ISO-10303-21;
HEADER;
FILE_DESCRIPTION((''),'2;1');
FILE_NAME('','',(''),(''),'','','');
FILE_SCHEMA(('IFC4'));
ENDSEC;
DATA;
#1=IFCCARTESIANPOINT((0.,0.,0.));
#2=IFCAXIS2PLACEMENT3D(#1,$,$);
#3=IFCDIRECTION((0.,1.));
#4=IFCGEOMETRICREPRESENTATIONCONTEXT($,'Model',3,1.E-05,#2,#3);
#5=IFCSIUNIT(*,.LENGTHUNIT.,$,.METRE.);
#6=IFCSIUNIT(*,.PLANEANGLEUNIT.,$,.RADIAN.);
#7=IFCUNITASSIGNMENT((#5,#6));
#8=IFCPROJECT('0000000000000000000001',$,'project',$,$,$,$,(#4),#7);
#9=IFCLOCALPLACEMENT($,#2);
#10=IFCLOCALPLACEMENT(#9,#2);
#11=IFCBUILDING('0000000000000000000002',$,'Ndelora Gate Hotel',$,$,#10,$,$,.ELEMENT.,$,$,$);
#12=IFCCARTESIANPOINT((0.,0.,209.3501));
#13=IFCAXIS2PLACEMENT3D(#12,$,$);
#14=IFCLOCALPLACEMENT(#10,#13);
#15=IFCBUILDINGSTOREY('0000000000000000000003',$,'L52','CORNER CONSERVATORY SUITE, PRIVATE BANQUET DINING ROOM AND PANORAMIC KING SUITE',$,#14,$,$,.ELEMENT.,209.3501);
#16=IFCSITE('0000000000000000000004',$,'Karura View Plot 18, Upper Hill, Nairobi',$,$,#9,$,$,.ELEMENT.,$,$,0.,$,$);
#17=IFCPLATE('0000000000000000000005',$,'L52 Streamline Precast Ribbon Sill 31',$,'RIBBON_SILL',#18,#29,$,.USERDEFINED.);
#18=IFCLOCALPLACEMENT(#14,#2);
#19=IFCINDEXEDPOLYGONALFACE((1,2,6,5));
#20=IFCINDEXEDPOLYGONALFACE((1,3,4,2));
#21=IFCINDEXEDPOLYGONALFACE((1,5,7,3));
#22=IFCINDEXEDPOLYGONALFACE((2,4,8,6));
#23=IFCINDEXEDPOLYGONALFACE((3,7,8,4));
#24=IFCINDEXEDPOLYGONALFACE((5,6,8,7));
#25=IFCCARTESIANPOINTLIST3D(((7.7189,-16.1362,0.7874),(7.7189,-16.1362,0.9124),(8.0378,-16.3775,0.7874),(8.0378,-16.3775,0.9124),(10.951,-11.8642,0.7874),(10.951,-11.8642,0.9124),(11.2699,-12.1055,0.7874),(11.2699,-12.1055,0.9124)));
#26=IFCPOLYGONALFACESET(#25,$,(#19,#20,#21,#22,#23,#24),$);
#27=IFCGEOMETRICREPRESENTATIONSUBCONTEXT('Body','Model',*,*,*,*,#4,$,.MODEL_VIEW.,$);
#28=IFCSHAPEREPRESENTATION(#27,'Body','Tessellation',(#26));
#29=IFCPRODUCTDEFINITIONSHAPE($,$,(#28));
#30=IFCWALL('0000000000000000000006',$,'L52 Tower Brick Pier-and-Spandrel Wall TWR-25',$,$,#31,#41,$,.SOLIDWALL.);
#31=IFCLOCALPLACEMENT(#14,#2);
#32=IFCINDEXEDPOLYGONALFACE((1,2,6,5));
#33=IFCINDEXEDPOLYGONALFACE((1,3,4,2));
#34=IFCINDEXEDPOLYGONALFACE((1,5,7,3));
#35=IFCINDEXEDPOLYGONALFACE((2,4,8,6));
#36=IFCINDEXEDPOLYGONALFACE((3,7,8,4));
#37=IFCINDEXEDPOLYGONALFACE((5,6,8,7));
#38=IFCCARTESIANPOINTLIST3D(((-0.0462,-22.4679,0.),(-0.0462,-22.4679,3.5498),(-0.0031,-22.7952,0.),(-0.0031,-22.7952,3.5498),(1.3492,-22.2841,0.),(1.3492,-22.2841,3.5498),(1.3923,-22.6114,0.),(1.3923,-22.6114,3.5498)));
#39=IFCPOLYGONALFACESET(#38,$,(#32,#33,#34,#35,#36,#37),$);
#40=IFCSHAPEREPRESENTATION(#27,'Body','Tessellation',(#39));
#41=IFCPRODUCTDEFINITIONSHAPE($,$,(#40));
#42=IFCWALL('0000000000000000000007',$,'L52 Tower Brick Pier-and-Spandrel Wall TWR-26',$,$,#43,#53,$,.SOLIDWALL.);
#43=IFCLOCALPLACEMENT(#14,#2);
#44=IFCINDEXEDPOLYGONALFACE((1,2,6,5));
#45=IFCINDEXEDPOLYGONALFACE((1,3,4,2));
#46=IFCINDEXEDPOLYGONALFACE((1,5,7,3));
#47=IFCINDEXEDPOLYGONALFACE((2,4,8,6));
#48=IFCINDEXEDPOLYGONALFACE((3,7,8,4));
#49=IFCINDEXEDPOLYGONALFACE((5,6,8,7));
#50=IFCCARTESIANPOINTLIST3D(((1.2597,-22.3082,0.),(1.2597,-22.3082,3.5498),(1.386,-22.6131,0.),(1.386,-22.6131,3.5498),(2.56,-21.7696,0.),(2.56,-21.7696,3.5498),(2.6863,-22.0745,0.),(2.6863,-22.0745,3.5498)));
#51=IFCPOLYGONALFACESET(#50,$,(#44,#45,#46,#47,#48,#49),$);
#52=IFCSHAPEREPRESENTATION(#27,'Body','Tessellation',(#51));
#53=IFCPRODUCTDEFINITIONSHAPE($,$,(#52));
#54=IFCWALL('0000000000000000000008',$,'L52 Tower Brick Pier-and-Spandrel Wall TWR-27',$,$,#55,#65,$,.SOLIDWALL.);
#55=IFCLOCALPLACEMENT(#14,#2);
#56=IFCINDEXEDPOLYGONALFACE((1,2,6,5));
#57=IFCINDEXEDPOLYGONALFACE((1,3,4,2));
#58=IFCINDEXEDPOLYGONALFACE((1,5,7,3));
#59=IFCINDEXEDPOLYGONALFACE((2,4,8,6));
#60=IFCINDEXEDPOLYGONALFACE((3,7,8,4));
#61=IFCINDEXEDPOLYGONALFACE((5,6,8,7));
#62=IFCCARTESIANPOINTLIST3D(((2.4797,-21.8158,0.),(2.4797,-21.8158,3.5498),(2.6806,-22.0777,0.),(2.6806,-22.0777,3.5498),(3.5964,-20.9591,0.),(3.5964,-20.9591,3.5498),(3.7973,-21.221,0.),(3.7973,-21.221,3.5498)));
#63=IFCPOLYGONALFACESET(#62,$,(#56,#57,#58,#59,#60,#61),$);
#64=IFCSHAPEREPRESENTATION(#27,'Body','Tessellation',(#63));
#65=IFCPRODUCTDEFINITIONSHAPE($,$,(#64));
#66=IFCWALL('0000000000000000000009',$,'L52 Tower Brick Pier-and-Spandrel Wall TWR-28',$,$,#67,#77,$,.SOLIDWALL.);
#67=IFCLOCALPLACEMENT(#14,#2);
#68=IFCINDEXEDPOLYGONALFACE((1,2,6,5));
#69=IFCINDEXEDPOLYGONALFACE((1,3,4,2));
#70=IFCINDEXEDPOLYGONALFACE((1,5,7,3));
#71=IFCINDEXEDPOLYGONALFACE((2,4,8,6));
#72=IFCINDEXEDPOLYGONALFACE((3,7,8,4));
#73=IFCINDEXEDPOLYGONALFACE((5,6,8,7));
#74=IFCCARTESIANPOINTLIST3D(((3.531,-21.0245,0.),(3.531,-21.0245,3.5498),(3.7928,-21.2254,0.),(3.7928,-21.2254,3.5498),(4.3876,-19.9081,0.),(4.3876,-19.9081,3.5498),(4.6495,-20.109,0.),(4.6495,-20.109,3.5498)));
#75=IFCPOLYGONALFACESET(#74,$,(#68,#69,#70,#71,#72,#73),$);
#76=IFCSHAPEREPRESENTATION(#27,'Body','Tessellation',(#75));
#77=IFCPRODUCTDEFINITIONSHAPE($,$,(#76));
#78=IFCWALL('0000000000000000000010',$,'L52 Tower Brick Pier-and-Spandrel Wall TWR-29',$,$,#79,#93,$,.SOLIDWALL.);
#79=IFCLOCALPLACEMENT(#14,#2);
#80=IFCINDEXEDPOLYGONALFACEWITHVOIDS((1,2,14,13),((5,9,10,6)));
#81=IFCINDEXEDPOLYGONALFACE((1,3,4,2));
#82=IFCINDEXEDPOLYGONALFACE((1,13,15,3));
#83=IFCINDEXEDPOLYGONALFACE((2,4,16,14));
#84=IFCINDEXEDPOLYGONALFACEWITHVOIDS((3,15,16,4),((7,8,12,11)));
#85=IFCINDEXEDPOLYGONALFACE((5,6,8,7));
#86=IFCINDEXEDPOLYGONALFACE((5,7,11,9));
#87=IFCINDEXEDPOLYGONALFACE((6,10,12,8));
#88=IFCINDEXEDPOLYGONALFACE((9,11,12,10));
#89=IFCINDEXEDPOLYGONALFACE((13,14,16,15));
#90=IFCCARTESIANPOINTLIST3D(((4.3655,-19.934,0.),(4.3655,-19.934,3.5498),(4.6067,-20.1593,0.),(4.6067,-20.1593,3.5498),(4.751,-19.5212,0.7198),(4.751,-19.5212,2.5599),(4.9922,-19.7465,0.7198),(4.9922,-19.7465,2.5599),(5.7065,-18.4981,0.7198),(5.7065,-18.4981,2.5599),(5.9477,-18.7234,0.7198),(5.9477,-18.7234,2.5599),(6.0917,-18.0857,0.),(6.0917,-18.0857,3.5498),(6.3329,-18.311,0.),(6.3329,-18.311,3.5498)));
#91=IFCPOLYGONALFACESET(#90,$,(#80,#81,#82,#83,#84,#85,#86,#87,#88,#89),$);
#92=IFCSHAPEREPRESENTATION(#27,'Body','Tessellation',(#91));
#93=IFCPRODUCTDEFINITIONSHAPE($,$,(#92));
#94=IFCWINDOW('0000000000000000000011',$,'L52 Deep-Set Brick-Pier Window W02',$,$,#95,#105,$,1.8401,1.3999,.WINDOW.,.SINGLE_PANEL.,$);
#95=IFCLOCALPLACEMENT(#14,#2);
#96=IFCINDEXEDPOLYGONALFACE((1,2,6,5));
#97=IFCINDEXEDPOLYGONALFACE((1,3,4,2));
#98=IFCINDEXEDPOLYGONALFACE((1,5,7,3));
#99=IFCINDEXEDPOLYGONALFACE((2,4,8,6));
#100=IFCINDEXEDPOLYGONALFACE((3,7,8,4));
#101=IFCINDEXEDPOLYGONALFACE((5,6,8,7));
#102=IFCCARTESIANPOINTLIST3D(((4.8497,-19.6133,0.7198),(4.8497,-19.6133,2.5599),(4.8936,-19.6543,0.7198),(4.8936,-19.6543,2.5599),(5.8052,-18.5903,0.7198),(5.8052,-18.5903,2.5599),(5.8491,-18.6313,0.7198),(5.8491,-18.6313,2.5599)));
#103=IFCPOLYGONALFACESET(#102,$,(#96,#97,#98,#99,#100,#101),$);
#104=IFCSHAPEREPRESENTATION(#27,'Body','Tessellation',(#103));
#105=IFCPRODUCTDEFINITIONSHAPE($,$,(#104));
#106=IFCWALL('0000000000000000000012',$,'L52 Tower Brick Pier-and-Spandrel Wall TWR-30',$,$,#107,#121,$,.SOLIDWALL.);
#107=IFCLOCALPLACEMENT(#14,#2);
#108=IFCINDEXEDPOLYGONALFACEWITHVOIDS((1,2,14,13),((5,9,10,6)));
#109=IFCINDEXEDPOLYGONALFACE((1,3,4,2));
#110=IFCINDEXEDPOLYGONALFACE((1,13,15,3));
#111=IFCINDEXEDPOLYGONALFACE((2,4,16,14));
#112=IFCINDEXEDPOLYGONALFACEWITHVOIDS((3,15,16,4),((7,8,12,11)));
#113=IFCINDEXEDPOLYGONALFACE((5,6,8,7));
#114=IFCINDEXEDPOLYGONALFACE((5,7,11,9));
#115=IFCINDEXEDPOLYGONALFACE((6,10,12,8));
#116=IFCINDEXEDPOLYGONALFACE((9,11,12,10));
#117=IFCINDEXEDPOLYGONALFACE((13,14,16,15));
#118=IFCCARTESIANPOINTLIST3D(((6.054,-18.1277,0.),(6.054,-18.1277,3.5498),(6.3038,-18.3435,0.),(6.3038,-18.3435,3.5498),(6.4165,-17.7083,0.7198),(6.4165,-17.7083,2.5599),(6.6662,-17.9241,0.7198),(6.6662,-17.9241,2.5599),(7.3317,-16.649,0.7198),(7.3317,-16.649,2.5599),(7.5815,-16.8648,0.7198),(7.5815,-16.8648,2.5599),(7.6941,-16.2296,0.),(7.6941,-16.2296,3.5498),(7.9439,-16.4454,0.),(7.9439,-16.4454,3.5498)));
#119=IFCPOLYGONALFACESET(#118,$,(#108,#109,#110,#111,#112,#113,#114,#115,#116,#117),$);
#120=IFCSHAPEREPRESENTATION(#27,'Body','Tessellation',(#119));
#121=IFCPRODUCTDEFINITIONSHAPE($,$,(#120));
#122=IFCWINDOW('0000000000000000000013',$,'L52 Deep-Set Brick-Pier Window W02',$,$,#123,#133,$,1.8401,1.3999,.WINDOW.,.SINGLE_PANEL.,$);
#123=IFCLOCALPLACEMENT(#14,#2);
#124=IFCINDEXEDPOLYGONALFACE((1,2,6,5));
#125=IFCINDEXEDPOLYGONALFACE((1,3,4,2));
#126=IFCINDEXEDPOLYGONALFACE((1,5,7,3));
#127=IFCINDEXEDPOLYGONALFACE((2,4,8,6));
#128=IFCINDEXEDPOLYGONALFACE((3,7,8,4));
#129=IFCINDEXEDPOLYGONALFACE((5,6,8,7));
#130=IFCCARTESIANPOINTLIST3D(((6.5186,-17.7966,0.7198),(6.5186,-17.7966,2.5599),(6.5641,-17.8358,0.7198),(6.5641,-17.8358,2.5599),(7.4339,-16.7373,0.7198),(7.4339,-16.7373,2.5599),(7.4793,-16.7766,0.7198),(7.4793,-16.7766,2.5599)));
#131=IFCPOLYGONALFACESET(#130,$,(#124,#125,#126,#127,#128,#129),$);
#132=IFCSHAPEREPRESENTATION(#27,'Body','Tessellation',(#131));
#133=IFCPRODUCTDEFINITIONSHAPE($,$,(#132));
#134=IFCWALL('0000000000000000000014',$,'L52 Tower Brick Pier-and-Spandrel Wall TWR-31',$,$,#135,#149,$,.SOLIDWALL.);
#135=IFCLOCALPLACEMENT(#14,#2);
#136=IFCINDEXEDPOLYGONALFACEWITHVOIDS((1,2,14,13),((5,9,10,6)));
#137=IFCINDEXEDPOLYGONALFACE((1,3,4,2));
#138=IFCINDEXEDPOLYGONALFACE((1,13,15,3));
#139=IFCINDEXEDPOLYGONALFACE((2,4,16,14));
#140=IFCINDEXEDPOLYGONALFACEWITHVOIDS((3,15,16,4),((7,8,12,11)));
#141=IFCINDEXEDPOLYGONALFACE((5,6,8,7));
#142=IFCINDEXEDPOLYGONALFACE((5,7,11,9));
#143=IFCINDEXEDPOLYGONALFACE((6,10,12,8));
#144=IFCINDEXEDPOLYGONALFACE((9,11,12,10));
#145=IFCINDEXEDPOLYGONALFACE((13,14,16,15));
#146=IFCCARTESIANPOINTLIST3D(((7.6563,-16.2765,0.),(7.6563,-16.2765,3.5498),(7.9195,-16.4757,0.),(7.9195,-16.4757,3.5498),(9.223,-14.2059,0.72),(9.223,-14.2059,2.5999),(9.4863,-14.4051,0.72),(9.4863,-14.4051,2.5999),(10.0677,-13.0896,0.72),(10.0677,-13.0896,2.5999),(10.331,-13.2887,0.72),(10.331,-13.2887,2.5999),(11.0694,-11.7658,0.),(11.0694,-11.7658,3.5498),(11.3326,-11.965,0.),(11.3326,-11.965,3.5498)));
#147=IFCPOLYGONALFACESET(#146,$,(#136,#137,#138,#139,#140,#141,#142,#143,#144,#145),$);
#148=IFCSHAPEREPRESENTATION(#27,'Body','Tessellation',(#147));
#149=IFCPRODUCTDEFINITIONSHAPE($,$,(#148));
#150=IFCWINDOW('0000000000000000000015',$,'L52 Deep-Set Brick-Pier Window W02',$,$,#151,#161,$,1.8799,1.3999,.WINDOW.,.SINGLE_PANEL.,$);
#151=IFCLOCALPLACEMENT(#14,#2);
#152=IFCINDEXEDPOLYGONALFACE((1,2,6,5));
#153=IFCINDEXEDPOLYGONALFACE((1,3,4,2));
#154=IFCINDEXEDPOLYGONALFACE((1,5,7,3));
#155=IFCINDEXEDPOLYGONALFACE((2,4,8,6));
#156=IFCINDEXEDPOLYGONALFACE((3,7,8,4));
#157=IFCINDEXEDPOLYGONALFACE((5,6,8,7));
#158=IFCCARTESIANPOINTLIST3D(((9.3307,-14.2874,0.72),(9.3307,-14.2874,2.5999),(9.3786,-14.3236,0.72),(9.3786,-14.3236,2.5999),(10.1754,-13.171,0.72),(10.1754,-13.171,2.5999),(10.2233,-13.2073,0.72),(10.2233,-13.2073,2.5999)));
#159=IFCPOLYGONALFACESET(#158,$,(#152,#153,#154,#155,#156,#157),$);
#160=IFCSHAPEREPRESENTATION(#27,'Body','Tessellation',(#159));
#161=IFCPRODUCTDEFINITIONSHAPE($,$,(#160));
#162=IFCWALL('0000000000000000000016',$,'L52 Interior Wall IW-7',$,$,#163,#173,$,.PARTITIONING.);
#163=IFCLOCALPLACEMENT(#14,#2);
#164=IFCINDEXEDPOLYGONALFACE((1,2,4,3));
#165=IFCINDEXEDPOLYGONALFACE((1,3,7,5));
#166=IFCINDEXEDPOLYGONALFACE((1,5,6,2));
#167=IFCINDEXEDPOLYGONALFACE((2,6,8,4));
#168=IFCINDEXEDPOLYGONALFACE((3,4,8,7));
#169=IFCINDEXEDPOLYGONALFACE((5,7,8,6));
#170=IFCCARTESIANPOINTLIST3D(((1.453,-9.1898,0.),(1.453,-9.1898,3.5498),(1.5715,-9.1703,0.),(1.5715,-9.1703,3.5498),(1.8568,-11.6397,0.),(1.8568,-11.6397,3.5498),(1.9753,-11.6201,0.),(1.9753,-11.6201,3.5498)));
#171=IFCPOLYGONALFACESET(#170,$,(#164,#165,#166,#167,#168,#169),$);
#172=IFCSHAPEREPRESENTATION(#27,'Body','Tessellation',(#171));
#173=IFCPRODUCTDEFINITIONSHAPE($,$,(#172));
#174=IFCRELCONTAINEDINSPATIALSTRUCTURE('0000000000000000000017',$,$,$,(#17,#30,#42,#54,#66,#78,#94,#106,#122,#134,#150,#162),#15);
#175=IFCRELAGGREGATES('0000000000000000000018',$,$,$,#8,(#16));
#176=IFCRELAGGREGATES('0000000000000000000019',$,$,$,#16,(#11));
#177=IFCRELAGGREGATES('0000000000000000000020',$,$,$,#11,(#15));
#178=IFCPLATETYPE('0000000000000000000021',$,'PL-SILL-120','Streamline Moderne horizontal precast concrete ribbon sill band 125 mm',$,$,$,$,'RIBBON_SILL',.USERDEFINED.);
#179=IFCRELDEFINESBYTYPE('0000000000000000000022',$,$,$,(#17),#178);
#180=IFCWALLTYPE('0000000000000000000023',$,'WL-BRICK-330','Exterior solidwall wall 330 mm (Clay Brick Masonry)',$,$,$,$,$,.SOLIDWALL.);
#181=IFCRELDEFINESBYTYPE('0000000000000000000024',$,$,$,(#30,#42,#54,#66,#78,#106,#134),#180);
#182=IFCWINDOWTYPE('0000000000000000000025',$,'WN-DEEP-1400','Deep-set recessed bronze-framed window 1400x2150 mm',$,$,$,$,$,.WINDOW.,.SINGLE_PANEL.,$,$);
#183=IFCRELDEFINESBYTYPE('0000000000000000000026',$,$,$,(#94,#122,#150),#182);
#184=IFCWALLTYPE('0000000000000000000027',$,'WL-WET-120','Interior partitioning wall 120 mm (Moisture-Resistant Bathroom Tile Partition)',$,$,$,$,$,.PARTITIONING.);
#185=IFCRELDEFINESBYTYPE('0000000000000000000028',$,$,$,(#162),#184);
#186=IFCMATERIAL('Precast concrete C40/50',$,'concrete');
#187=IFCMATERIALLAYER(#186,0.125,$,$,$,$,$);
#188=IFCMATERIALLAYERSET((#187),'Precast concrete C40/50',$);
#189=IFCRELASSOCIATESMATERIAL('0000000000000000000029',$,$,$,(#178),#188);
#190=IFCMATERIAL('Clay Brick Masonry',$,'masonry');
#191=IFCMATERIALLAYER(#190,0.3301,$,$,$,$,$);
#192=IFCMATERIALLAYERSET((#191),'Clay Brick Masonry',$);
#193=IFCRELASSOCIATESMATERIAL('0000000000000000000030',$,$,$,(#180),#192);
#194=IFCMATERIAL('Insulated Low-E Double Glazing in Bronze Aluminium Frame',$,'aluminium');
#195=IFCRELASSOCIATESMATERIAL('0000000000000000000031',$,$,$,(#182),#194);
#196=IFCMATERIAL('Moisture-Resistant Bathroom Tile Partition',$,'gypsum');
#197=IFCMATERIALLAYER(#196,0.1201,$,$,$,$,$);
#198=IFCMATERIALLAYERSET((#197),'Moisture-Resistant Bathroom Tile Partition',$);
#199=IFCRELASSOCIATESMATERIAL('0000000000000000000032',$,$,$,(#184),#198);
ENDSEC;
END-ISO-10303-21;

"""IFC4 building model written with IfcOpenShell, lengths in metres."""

from ifc_helpers import new_model, si_unit, direction, frame, frame_2d, origin, origin_2d, place, context, subcontext, project, spatial, rectangle, extrude, material, layer, layer_set, type_object, element, fill, save


model = new_model("IFC4")

# Units and contexts
model_context = context("Model", 3, precision=1e-05, world=origin(), true_north=direction((0.0, 1.0)))
body_context = subcontext(model_context, "Body", "Model", "MODEL_VIEW")
ifc_project = project(units=[si_unit("LENGTHUNIT", "METRE"), si_unit("PLANEANGLEUNIT", "RADIAN")], contexts=[model_context])

# Site, building, storey
site_placement = place(None, origin())
site = spatial("IfcSite", under=ifc_project, at=site_placement, Name="Karura View Plot 18, Upper Hill, Nairobi", CompositionType="ELEMENT", RefElevation=0.0)
building_placement = place(site_placement, origin())
building = spatial("IfcBuilding", under=site, at=building_placement, Name="Ndelora Gate Hotel", CompositionType="ELEMENT")
storey_placement = place(building_placement, frame((0.0, 0.0, 209.3501)))
storey = spatial("IfcBuildingStorey", under=building, at=storey_placement, Name="L52", Description="CORNER CONSERVATORY SUITE, PRIVATE BANQUET DINING ROOM AND PANORAMIC KING SUITE", CompositionType="ELEMENT", Elevation=209.3501)

# Plate
ifc_material_1 = material(Name="Precast concrete C40/50", Category="concrete")
ifc_layer_1 = layer(ifc_material_1, 0.125)
ifc_layer_set_1 = layer_set([ifc_layer_1], Name="Precast concrete C40/50")
plate_type = type_object("IfcPlateType", Name="PL-SILL-120", Description="Streamline Moderne horizontal precast concrete ribbon sill band 125 mm", ElementType="RIBBON_SILL", PredefinedType="USERDEFINED", material=ifc_layer_set_1)
plate_placement = place(storey_placement, frame((9.4944, -14.1208, 0.7874), z_axis=(0.0, 0.0, 1.0), x_axis=(0.603347, 0.797479, 0.0)))
element("IfcPlate", 1, at=plate_placement, inside=storey, type_object=plate_type, Name="L52 Streamline Precast Ribbon Sill 31", ObjectType="RIBBON_SILL", PredefinedType="USERDEFINED", context=body_context, shape_type="SweptSolid", body=[
    extrude(rectangle(XDim=5.3569, YDim=0.3999, at=origin_2d()), origin(), (0.0, 0.0, 1.0), 0.125),
])

# Walls
ifc_material_2 = material(Name="Clay Brick Masonry", Category="masonry")
ifc_layer_2 = layer(ifc_material_2, 0.3301)
ifc_layer_set_2 = layer_set([ifc_layer_2], Name="Clay Brick Masonry")
wall_type_1 = type_object("IfcWallType", Name="WL-BRICK-330", Description="Exterior solidwall wall 330 mm (Clay Brick Masonry)", PredefinedType="SOLIDWALL", material=ifc_layer_set_2)
for number, where, z_axis, x_axis, name in (
    (2, (1.3706, -22.4478, 0.0), (0.0, 0.0, 1.0), (-0.991434, -0.130607, 0.0), "L52 Tower Brick Pier-and-Spandrel Wall TWR-25"),
    (3, (2.623, -21.9221, 0.0), (0.0, 0.0, 1.0), (-0.923886, -0.382668, 0.0), "L52 Tower Brick Pier-and-Spandrel Wall TWR-26"),
    (4, (3.6968, -21.0901, 0.0), (0.0, 0.0, 1.0), (-0.793416, -0.608679, 0.0), "L52 Tower Brick Pier-and-Spandrel Wall TWR-27"),
):
    element("IfcWall", number, at=place(storey_placement, frame(where, z_axis=z_axis, x_axis=x_axis)), inside=storey, type_object=wall_type_1, Name=name, PredefinedType="SOLIDWALL", context=body_context, shape_type="SweptSolid", body=[
        extrude(rectangle(XDim=1.4075, YDim=0.3301, at=frame_2d((0.7036, 0.0))), origin(), (0.0, 0.0, 1.0), 3.5498),
    ])
wall_1_placement = place(storey_placement, frame((4.5186, -20.0085, 0.0), z_axis=(0.0, 0.0, 1.0), x_axis=(-0.608763, -0.793352, 0.0)))
element("IfcWall", 5, at=wall_1_placement, inside=storey, type_object=wall_type_1, Name="L52 Tower Brick Pier-and-Spandrel Wall TWR-28", PredefinedType="SOLIDWALL", context=body_context, shape_type="SweptSolid", body=[
    extrude(rectangle(XDim=1.4072, YDim=0.3301, at=frame_2d((0.7036, 0.0))), origin(), (0.0, 0.0, 1.0), 3.5498),
])

# Walls, openings, windows
wall_2_placement = place(storey_placement, frame((6.2124, -18.1982, 0.0), z_axis=(0.0, 0.0, 1.0), x_axis=(-0.682562, -0.730827, 0.0)))
wall_2 = element("IfcWall", 6, at=wall_2_placement, inside=storey, type_object=wall_type_1, Name="L52 Tower Brick Pier-and-Spandrel Wall TWR-29", PredefinedType="SOLIDWALL", context=body_context, shape_type="SweptSolid", body=[
    extrude(rectangle(XDim=2.5291, YDim=0.3301, at=frame_2d((1.2646, 0.0))), origin(), (0.0, 0.0, 1.0), 3.5498),
])
opening_1_placement = place(wall_2_placement, frame((0.5645, 0.0, 0.72)))
opening_1 = element("IfcOpeningElement", 7, at=opening_1_placement, cuts=wall_2, PredefinedType="OPENING", context=body_context, shape_type="SweptSolid", body=[
    extrude(rectangle(XDim=1.3999, YDim=1.8401, at=frame_2d((0.7, 0.9199))), frame((0.0, 0.175, 0.0), z_axis=(0.0, -1.0, 0.0), x_axis=(1.0, 0.0, 0.0)), (0.0, 0.0, 1.0), 0.3501),
])
ifc_material_3 = material(Name="Insulated Low-E Double Glazing in Bronze Aluminium Frame", Category="aluminium")
window_type = type_object("IfcWindowType", Name="WN-DEEP-1400", Description="Deep-set recessed bronze-framed window 1400x2150 mm", PartitioningType="SINGLE_PANEL", PredefinedType="WINDOW", material=ifc_material_3)
window_1_placement = place(opening_1_placement, origin())
window_1 = element("IfcWindow", 8, at=window_1_placement, inside=storey, type_object=window_type, Name="L52 Deep-Set Brick-Pier Window W02", OverallHeight=1.8401, OverallWidth=1.3999, PartitioningType="SINGLE_PANEL", PredefinedType="WINDOW", context=body_context, shape_type="SweptSolid", body=[
    extrude(rectangle(XDim=1.3999, YDim=1.8401, at=frame_2d((0.7, 0.9199))), frame((0.0, 0.03, 0.0), z_axis=(0.0, -1.0, 0.0), x_axis=(1.0, 0.0, 0.0)), (0.0, 0.0, 1.0), 0.0601),
])
fill(opening_1, window_1)
wall_3_placement = place(storey_placement, frame((7.8191, -16.3374, 0.0), z_axis=(0.0, 0.0, 1.0), x_axis=(-0.6538, -0.756668, 0.0)))
wall_3 = element("IfcWall", 9, at=wall_3_placement, inside=storey, type_object=wall_type_1, Name="L52 Tower Brick Pier-and-Spandrel Wall TWR-30", PredefinedType="SOLIDWALL", context=body_context, shape_type="SweptSolid", body=[
    extrude(rectangle(XDim=2.5085, YDim=0.3301, at=frame_2d((1.2544, 0.0))), origin(), (0.0, 0.0, 1.0), 3.5498),
])
opening_2_placement = place(wall_3_placement, frame((0.5544, 0.0, 0.72)))
opening_2 = element("IfcOpeningElement", 10, at=opening_2_placement, cuts=wall_3, PredefinedType="OPENING", context=body_context, shape_type="SweptSolid", body=[
    extrude(rectangle(XDim=1.3999, YDim=1.8401, at=frame_2d((0.7, 0.9199))), frame((0.0, 0.175, 0.0), z_axis=(0.0, -1.0, 0.0), x_axis=(1.0, 0.0, 0.0)), (0.0, 0.0, 1.0), 0.3501),
])
window_2_placement = place(opening_2_placement, origin())
window_2 = element("IfcWindow", 11, at=window_2_placement, inside=storey, type_object=window_type, Name="L52 Deep-Set Brick-Pier Window W02", OverallHeight=1.8401, OverallWidth=1.3999, PartitioningType="SINGLE_PANEL", PredefinedType="WINDOW", context=body_context, shape_type="SweptSolid", body=[
    extrude(rectangle(XDim=1.3999, YDim=1.8401, at=frame_2d((0.7, 0.9199))), frame((0.0, 0.03, 0.0), z_axis=(0.0, -1.0, 0.0), x_axis=(1.0, 0.0, 0.0)), (0.0, 0.0, 1.0), 0.0601),
])
fill(opening_2, window_2)
wall_4_placement = place(storey_placement, frame((11.2009, -11.8655, 0.0), z_axis=(0.0, 0.0, 1.0), x_axis=(-0.603392, -0.797445, 0.0)))
wall_4 = element("IfcWall", 12, at=wall_4_placement, inside=storey, type_object=wall_type_1, Name="L52 Tower Brick Pier-and-Spandrel Wall TWR-31", PredefinedType="SOLIDWALL", context=body_context, shape_type="SweptSolid", body=[
    extrude(rectangle(XDim=5.6565, YDim=0.3301, at=frame_2d((2.8281, 0.0))), origin(), (0.0, 0.0, 1.0), 3.5498),
])
opening_3_placement = place(wall_4_placement, frame((1.6599, 0.0, 0.72)))
opening_3 = element("IfcOpeningElement", 13, at=opening_3_placement, cuts=wall_4, PredefinedType="OPENING", context=body_context, shape_type="SweptSolid", body=[
    extrude(rectangle(XDim=1.3999, YDim=1.8799, at=frame_2d((0.7, 0.9399))), frame((0.0, 0.175, 0.0), z_axis=(0.0, -1.0, 0.0), x_axis=(1.0, 0.0, 0.0)), (0.0, 0.0, 1.0), 0.3501),
])
window_3_placement = place(opening_3_placement, origin())
window_3 = element("IfcWindow", 14, at=window_3_placement, inside=storey, type_object=window_type, Name="L52 Deep-Set Brick-Pier Window W02", OverallHeight=1.8799, OverallWidth=1.3999, PartitioningType="SINGLE_PANEL", PredefinedType="WINDOW", context=body_context, shape_type="SweptSolid", body=[
    extrude(rectangle(XDim=1.3999, YDim=1.8799, at=frame_2d((0.7, 0.9399))), frame((0.0, 0.03, 0.0), z_axis=(0.0, -1.0, 0.0), x_axis=(1.0, 0.0, 0.0)), (0.0, 0.0, 1.0), 0.0601),
])
fill(opening_3, window_3)

# Wall
ifc_material_4 = material(Name="Moisture-Resistant Bathroom Tile Partition", Category="gypsum")
ifc_layer_3 = layer(ifc_material_4, 0.1201)
ifc_layer_set_3 = layer_set([ifc_layer_3], Name="Moisture-Resistant Bathroom Tile Partition")
wall_type_2 = type_object("IfcWallType", Name="WL-WET-120", Description="Interior partitioning wall 120 mm (Moisture-Resistant Bathroom Tile Partition)", PredefinedType="PARTITIONING", material=ifc_layer_set_3)
wall_5_placement = place(storey_placement, frame((1.916, -11.6299, 0.0), z_axis=(0.0, 0.0, 1.0), x_axis=(-0.162629, 0.986687, 0.0)))
element("IfcWall", 15, at=wall_5_placement, inside=storey, type_object=wall_type_2, Name="L52 Interior Wall IW-7", PredefinedType="PARTITIONING", context=body_context, shape_type="SweptSolid", body=[
    extrude(rectangle(XDim=2.4829, YDim=0.1201, at=frame_2d((1.2415, 0.0))), origin(), (0.0, 0.0, 1.0), 3.5498),
])

save(model, "model.ifc")
